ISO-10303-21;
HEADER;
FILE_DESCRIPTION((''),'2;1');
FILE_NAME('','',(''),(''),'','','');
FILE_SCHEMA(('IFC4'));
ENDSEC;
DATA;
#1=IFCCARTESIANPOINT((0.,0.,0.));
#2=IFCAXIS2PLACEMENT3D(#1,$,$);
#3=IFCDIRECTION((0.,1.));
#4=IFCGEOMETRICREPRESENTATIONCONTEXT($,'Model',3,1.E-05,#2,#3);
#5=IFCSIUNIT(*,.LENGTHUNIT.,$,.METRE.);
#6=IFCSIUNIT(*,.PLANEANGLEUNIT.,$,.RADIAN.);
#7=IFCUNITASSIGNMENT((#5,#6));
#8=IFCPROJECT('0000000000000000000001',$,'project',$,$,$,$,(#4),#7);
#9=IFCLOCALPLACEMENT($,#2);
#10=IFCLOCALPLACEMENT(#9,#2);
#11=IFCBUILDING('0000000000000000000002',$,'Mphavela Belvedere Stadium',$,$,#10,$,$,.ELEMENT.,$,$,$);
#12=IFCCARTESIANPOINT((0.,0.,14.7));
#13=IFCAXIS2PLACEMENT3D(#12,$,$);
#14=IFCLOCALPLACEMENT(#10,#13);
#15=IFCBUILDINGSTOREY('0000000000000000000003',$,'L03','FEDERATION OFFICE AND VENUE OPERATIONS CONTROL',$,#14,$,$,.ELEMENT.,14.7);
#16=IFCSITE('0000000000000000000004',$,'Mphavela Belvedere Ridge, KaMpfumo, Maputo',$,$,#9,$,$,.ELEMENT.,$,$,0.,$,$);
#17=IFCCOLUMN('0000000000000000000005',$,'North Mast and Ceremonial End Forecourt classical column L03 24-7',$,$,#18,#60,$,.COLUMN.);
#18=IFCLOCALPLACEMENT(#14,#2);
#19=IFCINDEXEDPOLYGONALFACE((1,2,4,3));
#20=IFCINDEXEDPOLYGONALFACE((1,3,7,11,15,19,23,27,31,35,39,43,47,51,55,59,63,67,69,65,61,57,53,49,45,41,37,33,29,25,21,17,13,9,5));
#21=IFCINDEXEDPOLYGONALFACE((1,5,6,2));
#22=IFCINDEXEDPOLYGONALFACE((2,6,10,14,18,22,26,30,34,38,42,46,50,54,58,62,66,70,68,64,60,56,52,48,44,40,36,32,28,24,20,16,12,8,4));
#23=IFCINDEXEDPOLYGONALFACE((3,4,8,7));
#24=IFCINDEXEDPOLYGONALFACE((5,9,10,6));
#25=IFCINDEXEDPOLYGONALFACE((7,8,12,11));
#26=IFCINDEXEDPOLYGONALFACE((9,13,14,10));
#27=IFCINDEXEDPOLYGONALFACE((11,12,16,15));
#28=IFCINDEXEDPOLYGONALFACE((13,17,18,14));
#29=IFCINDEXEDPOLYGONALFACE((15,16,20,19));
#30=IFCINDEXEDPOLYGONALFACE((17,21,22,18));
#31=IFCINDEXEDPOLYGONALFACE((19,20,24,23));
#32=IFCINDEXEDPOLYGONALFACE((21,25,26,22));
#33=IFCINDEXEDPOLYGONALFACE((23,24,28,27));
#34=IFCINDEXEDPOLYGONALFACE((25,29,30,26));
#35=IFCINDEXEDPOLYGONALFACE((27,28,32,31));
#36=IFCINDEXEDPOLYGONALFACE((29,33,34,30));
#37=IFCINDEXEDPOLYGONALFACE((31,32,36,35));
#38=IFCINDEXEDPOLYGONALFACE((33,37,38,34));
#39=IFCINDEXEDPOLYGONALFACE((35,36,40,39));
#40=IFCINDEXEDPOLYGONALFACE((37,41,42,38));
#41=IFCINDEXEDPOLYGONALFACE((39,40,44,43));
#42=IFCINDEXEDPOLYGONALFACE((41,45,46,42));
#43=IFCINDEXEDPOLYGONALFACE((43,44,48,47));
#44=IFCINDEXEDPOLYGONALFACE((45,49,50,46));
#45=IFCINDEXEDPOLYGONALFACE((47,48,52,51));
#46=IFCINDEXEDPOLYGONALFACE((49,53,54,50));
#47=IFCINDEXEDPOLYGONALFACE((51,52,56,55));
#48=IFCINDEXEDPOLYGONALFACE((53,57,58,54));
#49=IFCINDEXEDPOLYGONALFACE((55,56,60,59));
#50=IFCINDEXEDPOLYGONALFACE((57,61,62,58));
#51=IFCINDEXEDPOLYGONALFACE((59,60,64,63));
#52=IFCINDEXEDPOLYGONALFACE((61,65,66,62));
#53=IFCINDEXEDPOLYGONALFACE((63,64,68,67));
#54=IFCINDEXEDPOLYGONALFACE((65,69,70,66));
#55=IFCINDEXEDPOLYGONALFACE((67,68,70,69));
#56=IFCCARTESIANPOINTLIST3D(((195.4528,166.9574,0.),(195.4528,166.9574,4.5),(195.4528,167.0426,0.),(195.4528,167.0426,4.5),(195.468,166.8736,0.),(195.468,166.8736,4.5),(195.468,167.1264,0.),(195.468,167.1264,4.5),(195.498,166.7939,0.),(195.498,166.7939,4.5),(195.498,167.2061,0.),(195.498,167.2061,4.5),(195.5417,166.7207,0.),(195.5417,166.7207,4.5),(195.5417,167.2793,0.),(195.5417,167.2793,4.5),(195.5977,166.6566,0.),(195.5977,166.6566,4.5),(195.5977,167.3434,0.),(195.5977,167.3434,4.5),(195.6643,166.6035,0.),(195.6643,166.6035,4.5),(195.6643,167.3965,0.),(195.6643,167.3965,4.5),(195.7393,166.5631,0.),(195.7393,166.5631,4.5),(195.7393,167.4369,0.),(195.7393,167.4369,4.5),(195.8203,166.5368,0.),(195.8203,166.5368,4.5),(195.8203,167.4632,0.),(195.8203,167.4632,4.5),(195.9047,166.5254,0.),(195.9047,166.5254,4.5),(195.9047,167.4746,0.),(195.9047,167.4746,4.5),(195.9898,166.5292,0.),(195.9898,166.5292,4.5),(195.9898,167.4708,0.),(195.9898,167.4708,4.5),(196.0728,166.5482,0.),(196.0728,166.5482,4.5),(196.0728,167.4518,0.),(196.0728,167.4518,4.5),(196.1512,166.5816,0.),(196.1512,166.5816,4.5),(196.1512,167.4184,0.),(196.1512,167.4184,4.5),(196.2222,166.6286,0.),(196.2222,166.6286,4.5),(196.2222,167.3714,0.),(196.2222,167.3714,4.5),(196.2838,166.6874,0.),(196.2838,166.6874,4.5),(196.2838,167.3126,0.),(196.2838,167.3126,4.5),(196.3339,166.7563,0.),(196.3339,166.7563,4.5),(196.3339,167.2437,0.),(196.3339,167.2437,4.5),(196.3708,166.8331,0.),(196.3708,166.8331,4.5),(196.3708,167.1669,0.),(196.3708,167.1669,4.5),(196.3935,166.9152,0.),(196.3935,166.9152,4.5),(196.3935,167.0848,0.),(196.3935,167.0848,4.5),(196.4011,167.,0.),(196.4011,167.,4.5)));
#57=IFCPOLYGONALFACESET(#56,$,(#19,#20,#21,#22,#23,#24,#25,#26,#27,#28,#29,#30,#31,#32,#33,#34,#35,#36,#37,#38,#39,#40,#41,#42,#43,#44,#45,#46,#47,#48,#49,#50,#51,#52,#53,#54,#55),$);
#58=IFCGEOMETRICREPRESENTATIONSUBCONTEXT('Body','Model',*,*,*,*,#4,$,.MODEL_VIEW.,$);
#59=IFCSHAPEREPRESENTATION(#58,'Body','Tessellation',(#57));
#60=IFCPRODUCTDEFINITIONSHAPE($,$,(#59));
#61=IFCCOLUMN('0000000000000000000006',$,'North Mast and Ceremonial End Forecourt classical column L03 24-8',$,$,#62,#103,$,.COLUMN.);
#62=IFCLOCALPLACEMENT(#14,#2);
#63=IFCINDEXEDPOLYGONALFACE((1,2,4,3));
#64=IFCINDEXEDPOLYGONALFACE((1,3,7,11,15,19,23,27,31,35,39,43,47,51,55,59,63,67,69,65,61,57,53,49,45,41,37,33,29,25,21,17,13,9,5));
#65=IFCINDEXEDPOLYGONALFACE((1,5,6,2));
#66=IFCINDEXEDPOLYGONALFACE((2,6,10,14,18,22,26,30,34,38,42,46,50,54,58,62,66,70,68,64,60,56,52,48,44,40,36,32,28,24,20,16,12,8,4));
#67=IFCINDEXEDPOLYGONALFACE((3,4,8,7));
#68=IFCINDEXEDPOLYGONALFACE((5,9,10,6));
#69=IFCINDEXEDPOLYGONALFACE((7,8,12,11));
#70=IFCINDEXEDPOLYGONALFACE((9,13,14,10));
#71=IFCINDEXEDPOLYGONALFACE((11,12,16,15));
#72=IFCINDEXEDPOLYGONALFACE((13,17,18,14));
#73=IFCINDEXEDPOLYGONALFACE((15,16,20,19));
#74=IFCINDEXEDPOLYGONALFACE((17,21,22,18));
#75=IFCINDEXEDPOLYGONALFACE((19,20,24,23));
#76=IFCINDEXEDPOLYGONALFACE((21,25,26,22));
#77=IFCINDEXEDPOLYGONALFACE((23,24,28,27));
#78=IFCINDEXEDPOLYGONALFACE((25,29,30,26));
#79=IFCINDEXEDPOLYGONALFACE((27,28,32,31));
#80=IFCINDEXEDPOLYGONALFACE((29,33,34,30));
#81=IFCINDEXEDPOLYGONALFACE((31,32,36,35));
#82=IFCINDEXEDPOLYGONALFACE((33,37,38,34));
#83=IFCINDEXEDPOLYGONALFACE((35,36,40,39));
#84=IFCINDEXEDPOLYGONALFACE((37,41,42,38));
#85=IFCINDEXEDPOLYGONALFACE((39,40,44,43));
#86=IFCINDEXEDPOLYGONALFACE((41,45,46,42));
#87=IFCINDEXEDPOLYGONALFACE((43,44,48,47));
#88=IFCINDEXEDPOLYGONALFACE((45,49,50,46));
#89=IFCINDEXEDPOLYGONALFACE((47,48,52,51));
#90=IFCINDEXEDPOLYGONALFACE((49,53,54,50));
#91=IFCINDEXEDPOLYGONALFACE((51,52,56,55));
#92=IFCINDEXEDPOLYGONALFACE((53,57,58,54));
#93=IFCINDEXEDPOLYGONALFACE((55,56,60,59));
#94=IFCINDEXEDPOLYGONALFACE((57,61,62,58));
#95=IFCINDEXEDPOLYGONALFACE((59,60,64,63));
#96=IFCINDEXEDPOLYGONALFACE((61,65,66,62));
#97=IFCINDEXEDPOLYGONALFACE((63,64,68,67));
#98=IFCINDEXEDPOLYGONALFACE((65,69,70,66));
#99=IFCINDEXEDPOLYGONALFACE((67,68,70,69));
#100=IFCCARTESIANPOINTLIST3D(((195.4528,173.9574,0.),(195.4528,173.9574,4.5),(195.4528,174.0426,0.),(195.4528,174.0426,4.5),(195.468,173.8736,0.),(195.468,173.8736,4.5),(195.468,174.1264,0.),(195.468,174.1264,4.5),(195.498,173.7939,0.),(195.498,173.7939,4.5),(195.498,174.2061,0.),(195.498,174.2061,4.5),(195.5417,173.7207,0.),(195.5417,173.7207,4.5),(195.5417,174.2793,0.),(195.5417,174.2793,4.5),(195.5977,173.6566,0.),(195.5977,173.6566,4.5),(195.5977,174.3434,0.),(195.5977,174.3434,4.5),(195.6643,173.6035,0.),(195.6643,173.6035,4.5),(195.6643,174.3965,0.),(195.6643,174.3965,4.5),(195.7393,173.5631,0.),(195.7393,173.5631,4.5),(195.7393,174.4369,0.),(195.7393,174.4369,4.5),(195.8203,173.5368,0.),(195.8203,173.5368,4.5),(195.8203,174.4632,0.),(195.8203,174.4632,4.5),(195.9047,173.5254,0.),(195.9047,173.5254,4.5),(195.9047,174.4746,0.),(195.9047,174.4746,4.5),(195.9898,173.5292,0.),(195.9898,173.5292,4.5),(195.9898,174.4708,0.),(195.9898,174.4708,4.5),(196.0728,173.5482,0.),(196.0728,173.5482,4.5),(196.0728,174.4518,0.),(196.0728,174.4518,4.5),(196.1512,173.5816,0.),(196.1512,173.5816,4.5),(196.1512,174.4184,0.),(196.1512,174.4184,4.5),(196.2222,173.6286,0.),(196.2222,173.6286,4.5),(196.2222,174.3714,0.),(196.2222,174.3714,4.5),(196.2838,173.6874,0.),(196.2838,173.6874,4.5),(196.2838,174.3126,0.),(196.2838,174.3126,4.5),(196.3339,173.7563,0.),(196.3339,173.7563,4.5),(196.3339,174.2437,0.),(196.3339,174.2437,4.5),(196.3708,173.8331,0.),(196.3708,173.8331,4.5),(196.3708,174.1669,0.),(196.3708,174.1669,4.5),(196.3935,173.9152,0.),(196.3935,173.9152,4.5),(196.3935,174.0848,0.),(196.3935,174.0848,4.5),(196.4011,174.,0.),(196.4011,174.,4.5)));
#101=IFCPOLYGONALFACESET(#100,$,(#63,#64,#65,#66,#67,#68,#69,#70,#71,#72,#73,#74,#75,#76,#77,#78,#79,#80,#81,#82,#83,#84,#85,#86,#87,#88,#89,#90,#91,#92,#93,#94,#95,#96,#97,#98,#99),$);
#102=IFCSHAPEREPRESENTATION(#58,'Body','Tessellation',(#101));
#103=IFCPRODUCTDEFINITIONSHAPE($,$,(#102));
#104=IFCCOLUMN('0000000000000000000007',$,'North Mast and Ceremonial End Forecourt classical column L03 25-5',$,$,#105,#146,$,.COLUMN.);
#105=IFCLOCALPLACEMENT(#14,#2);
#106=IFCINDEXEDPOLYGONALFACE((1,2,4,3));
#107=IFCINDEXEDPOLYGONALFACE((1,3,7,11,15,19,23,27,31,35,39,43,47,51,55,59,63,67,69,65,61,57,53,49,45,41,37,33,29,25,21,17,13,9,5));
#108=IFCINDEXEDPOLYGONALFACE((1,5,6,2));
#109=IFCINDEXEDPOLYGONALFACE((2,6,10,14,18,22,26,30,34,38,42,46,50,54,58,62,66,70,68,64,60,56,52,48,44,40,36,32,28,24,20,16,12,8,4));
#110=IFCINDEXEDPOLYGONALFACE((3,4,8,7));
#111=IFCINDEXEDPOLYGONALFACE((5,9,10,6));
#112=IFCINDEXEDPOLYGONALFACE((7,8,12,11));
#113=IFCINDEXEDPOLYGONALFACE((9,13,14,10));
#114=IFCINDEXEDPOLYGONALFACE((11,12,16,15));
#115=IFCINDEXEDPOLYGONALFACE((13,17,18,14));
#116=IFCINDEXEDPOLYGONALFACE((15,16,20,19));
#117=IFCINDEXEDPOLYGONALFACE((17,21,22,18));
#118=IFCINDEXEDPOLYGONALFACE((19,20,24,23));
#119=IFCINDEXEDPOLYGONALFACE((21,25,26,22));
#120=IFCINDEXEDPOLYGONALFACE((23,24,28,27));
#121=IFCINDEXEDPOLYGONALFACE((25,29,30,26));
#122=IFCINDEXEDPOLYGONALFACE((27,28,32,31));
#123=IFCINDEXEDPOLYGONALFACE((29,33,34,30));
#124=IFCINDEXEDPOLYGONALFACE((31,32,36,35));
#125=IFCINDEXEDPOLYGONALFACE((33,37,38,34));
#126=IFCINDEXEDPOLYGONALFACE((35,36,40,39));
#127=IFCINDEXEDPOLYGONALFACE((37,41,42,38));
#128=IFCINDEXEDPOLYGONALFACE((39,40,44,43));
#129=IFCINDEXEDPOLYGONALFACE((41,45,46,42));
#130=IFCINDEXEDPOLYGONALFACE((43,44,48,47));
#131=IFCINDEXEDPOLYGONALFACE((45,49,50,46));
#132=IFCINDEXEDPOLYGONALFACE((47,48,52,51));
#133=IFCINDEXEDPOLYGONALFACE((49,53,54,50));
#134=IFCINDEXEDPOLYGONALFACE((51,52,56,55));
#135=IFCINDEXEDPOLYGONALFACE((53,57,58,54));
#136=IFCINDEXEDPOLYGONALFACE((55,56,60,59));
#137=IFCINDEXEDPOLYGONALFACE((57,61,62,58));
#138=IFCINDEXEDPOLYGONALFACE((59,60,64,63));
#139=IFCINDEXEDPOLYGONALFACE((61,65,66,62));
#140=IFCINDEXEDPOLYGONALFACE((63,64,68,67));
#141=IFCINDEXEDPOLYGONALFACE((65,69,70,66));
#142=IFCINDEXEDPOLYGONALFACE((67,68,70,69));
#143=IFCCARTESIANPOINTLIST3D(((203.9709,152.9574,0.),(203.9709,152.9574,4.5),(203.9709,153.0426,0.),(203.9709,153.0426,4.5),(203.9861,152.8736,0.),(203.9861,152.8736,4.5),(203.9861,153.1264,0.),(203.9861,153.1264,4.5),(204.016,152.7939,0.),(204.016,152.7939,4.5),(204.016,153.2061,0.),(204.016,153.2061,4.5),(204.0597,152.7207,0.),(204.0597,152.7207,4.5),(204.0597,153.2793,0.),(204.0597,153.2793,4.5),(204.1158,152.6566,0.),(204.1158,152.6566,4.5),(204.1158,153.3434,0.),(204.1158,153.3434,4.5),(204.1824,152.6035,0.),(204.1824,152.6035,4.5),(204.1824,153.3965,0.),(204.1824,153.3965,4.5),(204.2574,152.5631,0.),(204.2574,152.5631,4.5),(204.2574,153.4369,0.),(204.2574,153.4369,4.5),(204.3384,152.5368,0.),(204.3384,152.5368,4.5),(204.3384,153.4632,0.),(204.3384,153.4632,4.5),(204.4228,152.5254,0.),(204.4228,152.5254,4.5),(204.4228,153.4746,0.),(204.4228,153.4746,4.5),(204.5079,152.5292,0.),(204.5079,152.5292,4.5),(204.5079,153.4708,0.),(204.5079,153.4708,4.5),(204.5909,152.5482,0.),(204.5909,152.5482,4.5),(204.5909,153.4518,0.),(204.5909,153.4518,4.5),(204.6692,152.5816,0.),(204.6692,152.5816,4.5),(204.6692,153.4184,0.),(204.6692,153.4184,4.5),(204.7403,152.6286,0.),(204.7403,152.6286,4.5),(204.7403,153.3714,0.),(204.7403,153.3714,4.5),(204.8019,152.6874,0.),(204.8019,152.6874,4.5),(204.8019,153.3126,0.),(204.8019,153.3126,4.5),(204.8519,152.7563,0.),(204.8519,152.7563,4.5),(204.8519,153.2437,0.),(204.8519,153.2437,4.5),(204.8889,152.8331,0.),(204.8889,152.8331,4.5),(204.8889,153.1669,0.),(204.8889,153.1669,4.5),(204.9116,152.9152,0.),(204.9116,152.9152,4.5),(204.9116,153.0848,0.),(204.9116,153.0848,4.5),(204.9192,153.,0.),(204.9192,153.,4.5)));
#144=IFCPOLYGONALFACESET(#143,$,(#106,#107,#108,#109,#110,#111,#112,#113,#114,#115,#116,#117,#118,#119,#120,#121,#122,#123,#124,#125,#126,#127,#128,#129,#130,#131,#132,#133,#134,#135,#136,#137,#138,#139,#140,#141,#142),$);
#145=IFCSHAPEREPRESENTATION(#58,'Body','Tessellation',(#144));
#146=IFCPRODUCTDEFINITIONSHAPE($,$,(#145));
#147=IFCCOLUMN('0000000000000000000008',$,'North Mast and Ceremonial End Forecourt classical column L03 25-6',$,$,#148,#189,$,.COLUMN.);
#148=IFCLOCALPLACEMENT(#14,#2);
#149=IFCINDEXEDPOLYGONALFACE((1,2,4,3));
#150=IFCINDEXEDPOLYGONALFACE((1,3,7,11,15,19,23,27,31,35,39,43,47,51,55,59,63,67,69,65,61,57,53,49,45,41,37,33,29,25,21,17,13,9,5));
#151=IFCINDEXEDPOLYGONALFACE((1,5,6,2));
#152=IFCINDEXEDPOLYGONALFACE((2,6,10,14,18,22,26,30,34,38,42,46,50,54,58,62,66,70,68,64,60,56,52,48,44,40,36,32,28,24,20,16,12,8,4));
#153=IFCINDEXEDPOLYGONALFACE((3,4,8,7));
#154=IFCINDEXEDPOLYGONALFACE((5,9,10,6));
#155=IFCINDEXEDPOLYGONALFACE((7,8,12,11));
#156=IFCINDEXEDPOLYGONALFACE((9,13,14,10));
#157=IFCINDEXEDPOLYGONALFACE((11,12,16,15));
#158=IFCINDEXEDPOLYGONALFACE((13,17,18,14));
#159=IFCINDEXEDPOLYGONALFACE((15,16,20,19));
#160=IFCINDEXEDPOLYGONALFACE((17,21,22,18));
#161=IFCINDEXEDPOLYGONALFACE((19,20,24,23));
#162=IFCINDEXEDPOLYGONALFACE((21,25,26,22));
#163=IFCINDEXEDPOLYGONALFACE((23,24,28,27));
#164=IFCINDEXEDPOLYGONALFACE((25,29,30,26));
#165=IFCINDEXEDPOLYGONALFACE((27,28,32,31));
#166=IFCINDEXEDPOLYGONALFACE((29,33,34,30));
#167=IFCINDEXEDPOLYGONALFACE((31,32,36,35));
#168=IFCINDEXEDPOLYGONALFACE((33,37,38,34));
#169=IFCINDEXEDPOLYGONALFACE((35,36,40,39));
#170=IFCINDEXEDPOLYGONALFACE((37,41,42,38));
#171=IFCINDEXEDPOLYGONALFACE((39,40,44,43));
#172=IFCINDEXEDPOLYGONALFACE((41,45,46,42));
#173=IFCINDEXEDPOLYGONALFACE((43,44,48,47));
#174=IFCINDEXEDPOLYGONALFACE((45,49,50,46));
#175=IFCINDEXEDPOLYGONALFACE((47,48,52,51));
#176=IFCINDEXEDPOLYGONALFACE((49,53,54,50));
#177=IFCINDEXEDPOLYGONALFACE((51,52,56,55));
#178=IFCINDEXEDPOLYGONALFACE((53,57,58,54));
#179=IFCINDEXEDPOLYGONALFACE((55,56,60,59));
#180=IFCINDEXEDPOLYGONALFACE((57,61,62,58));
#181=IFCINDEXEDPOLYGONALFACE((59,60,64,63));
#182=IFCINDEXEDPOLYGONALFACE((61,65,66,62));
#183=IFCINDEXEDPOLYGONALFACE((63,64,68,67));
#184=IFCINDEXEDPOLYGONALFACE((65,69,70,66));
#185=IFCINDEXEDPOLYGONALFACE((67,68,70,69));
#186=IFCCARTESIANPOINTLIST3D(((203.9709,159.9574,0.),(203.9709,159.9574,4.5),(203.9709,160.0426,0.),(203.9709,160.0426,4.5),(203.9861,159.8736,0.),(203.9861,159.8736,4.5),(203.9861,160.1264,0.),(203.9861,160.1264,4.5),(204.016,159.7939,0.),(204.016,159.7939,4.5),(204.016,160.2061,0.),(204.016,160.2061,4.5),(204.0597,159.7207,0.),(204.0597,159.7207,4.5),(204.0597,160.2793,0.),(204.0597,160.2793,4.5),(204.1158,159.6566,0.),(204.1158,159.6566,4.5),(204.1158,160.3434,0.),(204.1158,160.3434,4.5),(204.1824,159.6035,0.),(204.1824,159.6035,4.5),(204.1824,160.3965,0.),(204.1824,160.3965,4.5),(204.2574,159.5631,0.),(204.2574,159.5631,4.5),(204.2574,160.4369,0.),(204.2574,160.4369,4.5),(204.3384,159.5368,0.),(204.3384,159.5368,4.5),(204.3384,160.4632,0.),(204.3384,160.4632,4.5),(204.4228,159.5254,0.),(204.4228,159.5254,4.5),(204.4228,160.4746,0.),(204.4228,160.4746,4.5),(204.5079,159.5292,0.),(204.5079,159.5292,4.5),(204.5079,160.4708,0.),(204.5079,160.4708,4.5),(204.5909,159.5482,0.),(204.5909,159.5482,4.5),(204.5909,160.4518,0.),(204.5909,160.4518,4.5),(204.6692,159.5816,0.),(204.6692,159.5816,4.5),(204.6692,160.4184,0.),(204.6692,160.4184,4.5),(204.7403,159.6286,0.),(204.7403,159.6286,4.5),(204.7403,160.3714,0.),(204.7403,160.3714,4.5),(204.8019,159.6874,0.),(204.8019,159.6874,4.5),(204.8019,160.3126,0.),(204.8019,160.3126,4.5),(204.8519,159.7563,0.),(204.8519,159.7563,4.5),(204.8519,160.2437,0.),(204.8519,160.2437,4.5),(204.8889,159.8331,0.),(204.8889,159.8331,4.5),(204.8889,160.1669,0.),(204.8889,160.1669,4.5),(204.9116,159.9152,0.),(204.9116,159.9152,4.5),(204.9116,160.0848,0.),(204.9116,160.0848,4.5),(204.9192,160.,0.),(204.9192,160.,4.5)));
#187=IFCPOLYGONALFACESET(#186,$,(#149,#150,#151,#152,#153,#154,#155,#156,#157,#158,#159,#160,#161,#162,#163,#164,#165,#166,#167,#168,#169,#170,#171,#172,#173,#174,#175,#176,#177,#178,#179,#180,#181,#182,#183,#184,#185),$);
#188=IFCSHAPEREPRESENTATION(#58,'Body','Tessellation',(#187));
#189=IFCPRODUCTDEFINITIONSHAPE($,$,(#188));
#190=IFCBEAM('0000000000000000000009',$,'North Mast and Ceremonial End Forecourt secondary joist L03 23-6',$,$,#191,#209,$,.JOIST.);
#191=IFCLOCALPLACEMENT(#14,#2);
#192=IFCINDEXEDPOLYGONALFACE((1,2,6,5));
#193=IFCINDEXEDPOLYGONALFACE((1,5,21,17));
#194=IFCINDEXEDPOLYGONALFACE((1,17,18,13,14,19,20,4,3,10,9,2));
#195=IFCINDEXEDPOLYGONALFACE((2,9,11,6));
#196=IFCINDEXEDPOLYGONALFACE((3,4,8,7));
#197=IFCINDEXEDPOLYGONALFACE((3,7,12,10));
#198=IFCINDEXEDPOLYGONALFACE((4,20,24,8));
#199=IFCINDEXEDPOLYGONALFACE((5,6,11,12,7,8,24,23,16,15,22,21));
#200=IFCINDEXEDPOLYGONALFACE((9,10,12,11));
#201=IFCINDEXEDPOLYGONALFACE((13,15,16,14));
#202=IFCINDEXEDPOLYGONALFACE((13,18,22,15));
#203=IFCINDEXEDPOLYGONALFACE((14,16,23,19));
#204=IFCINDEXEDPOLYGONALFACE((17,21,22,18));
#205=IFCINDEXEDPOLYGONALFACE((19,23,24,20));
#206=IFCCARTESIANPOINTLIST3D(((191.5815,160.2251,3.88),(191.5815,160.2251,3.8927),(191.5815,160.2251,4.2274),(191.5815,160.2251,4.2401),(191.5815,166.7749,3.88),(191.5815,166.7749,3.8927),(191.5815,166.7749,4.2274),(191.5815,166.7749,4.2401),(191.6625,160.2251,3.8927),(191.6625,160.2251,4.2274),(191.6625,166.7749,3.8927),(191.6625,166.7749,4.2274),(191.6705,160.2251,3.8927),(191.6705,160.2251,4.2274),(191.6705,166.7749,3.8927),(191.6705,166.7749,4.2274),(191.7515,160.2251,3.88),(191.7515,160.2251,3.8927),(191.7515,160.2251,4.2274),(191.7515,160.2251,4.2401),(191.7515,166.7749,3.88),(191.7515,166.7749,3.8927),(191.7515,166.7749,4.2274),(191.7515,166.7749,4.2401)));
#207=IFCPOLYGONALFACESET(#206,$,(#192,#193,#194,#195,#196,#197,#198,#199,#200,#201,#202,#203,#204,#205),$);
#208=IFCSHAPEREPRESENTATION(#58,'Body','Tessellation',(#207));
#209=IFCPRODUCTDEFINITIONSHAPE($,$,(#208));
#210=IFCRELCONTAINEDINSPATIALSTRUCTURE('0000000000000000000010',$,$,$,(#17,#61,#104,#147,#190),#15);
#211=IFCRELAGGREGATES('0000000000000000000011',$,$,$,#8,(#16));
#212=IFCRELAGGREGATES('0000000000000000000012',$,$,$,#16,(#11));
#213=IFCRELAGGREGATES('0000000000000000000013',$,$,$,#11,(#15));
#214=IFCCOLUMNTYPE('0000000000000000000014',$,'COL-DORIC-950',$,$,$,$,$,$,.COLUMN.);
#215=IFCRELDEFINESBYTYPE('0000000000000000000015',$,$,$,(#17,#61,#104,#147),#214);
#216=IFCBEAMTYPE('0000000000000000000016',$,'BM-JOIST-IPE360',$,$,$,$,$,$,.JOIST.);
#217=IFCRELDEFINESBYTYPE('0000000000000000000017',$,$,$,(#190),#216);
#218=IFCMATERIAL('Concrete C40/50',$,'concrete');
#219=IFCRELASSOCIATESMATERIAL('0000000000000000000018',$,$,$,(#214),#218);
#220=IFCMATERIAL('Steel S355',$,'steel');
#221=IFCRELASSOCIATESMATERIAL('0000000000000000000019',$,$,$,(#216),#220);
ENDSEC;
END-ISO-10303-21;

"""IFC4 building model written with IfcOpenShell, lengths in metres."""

from ifc_helpers import new_model, si_unit, direction, frame, origin, origin_2d, place, context, subcontext, project, spatial, circle, i_section, extrude, material, material_profile, profile_set, type_object, element, save


model = new_model("IFC4")

# Units and contexts
model_context = context("Model", 3, precision=1e-05, world=origin(), true_north=direction((0.0, 1.0)))
body_context = subcontext(model_context, "Body", "Model", "MODEL_VIEW")
ifc_project = project(units=[si_unit("LENGTHUNIT", "METRE"), si_unit("PLANEANGLEUNIT", "RADIAN")], contexts=[model_context])

# Site, building, storey
site_placement = place(None, origin())
site = spatial("IfcSite", under=ifc_project, at=site_placement, Name="Mphavela Belvedere Ridge, KaMpfumo, Maputo", CompositionType="ELEMENT", RefElevation=0.0)
building_placement = place(site_placement, origin())
building = spatial("IfcBuilding", under=site, at=building_placement, Name="Mphavela Belvedere Stadium", CompositionType="ELEMENT")
storey_placement = place(building_placement, frame((0.0, 0.0, 14.7)))
storey = spatial("IfcBuildingStorey", under=building, at=storey_placement, Name="L03", Description="FEDERATION OFFICE AND VENUE OPERATIONS CONTROL", CompositionType="ELEMENT", Elevation=14.7)

# Columns
ifc_material_1 = material(Name="Concrete C40/50", Category="concrete")
ifc_material_profile_1 = material_profile(ifc_material_1, circle(Radius=0.4751, at=origin_2d()), Name="COL D950")
ifc_profile_set_1 = profile_set([ifc_material_profile_1], Name="Concrete C40/50")
column_type = type_object("IfcColumnType", Name="COL-DORIC-950", PredefinedType="COLUMN", material=ifc_profile_set_1)
for number, where, z_axis, x_axis, name in (
    (1, (195.926, 167.0, 0.0), (0.0, 0.0, 1.0), (1.0, 0.0, 0.0), "North Mast and Ceremonial End Forecourt classical column L03 24-7"),
    (2, (195.926, 174.0, 0.0), (0.0, 0.0, 1.0), (1.0, 0.0, 0.0), "North Mast and Ceremonial End Forecourt classical column L03 24-8"),
    (3, (204.4441, 153.0, 0.0), (0.0, 0.0, 1.0), (1.0, 0.0, 0.0), "North Mast and Ceremonial End Forecourt classical column L03 25-5"),
    (4, (204.4441, 160.0, 0.0), (0.0, 0.0, 1.0), (1.0, 0.0, 0.0), "North Mast and Ceremonial End Forecourt classical column L03 25-6"),
):
    element("IfcColumn", number, at=place(storey_placement, frame(where, z_axis=z_axis, x_axis=x_axis)), inside=storey, type_object=column_type, Name=name, PredefinedType="COLUMN", context=body_context, shape_type="SweptSolid", body=[
        extrude(circle(Radius=0.4751, at=origin_2d()), origin(), (0.0, 0.0, 1.0), 4.5),
    ])

# Beam
ifc_material_2 = material(Name="Steel S355", Category="steel")
ifc_material_profile_2 = material_profile(ifc_material_2, i_section(OverallWidth=0.1699, OverallDepth=0.3601, WebThickness=0.0081, FlangeThickness=0.0127, at=origin_2d()), Name="IPE 360")
ifc_profile_set_2 = profile_set([ifc_material_profile_2], Name="Steel S355")
beam_type_1 = type_object("IfcBeamType", Name="BM-JOIST-IPE360", PredefinedType="JOIST", material=ifc_profile_set_2)
for number, where, z_axis, x_axis, name in (
    (5, (191.6665, 160.2251, 4.0601), (0.0, 1.0, 0.0), (-1.0, 0.0, 0.0), "North Mast and Ceremonial End Forecourt secondary joist L03 23-6"),
):
    element("IfcBeam", number, at=place(storey_placement, frame(where, z_axis=z_axis, x_axis=x_axis)), inside=storey, type_object=beam_type_1, Name=name, PredefinedType="JOIST", context=body_context, shape_type="SweptSolid", body=[
        extrude(i_section(OverallWidth=0.1699, OverallDepth=0.3601, WebThickness=0.0081, FlangeThickness=0.0127, at=origin_2d()), origin(), (0.0, 0.0, 1.0), 6.5498),
    ])

save(model, "model.ifc")
